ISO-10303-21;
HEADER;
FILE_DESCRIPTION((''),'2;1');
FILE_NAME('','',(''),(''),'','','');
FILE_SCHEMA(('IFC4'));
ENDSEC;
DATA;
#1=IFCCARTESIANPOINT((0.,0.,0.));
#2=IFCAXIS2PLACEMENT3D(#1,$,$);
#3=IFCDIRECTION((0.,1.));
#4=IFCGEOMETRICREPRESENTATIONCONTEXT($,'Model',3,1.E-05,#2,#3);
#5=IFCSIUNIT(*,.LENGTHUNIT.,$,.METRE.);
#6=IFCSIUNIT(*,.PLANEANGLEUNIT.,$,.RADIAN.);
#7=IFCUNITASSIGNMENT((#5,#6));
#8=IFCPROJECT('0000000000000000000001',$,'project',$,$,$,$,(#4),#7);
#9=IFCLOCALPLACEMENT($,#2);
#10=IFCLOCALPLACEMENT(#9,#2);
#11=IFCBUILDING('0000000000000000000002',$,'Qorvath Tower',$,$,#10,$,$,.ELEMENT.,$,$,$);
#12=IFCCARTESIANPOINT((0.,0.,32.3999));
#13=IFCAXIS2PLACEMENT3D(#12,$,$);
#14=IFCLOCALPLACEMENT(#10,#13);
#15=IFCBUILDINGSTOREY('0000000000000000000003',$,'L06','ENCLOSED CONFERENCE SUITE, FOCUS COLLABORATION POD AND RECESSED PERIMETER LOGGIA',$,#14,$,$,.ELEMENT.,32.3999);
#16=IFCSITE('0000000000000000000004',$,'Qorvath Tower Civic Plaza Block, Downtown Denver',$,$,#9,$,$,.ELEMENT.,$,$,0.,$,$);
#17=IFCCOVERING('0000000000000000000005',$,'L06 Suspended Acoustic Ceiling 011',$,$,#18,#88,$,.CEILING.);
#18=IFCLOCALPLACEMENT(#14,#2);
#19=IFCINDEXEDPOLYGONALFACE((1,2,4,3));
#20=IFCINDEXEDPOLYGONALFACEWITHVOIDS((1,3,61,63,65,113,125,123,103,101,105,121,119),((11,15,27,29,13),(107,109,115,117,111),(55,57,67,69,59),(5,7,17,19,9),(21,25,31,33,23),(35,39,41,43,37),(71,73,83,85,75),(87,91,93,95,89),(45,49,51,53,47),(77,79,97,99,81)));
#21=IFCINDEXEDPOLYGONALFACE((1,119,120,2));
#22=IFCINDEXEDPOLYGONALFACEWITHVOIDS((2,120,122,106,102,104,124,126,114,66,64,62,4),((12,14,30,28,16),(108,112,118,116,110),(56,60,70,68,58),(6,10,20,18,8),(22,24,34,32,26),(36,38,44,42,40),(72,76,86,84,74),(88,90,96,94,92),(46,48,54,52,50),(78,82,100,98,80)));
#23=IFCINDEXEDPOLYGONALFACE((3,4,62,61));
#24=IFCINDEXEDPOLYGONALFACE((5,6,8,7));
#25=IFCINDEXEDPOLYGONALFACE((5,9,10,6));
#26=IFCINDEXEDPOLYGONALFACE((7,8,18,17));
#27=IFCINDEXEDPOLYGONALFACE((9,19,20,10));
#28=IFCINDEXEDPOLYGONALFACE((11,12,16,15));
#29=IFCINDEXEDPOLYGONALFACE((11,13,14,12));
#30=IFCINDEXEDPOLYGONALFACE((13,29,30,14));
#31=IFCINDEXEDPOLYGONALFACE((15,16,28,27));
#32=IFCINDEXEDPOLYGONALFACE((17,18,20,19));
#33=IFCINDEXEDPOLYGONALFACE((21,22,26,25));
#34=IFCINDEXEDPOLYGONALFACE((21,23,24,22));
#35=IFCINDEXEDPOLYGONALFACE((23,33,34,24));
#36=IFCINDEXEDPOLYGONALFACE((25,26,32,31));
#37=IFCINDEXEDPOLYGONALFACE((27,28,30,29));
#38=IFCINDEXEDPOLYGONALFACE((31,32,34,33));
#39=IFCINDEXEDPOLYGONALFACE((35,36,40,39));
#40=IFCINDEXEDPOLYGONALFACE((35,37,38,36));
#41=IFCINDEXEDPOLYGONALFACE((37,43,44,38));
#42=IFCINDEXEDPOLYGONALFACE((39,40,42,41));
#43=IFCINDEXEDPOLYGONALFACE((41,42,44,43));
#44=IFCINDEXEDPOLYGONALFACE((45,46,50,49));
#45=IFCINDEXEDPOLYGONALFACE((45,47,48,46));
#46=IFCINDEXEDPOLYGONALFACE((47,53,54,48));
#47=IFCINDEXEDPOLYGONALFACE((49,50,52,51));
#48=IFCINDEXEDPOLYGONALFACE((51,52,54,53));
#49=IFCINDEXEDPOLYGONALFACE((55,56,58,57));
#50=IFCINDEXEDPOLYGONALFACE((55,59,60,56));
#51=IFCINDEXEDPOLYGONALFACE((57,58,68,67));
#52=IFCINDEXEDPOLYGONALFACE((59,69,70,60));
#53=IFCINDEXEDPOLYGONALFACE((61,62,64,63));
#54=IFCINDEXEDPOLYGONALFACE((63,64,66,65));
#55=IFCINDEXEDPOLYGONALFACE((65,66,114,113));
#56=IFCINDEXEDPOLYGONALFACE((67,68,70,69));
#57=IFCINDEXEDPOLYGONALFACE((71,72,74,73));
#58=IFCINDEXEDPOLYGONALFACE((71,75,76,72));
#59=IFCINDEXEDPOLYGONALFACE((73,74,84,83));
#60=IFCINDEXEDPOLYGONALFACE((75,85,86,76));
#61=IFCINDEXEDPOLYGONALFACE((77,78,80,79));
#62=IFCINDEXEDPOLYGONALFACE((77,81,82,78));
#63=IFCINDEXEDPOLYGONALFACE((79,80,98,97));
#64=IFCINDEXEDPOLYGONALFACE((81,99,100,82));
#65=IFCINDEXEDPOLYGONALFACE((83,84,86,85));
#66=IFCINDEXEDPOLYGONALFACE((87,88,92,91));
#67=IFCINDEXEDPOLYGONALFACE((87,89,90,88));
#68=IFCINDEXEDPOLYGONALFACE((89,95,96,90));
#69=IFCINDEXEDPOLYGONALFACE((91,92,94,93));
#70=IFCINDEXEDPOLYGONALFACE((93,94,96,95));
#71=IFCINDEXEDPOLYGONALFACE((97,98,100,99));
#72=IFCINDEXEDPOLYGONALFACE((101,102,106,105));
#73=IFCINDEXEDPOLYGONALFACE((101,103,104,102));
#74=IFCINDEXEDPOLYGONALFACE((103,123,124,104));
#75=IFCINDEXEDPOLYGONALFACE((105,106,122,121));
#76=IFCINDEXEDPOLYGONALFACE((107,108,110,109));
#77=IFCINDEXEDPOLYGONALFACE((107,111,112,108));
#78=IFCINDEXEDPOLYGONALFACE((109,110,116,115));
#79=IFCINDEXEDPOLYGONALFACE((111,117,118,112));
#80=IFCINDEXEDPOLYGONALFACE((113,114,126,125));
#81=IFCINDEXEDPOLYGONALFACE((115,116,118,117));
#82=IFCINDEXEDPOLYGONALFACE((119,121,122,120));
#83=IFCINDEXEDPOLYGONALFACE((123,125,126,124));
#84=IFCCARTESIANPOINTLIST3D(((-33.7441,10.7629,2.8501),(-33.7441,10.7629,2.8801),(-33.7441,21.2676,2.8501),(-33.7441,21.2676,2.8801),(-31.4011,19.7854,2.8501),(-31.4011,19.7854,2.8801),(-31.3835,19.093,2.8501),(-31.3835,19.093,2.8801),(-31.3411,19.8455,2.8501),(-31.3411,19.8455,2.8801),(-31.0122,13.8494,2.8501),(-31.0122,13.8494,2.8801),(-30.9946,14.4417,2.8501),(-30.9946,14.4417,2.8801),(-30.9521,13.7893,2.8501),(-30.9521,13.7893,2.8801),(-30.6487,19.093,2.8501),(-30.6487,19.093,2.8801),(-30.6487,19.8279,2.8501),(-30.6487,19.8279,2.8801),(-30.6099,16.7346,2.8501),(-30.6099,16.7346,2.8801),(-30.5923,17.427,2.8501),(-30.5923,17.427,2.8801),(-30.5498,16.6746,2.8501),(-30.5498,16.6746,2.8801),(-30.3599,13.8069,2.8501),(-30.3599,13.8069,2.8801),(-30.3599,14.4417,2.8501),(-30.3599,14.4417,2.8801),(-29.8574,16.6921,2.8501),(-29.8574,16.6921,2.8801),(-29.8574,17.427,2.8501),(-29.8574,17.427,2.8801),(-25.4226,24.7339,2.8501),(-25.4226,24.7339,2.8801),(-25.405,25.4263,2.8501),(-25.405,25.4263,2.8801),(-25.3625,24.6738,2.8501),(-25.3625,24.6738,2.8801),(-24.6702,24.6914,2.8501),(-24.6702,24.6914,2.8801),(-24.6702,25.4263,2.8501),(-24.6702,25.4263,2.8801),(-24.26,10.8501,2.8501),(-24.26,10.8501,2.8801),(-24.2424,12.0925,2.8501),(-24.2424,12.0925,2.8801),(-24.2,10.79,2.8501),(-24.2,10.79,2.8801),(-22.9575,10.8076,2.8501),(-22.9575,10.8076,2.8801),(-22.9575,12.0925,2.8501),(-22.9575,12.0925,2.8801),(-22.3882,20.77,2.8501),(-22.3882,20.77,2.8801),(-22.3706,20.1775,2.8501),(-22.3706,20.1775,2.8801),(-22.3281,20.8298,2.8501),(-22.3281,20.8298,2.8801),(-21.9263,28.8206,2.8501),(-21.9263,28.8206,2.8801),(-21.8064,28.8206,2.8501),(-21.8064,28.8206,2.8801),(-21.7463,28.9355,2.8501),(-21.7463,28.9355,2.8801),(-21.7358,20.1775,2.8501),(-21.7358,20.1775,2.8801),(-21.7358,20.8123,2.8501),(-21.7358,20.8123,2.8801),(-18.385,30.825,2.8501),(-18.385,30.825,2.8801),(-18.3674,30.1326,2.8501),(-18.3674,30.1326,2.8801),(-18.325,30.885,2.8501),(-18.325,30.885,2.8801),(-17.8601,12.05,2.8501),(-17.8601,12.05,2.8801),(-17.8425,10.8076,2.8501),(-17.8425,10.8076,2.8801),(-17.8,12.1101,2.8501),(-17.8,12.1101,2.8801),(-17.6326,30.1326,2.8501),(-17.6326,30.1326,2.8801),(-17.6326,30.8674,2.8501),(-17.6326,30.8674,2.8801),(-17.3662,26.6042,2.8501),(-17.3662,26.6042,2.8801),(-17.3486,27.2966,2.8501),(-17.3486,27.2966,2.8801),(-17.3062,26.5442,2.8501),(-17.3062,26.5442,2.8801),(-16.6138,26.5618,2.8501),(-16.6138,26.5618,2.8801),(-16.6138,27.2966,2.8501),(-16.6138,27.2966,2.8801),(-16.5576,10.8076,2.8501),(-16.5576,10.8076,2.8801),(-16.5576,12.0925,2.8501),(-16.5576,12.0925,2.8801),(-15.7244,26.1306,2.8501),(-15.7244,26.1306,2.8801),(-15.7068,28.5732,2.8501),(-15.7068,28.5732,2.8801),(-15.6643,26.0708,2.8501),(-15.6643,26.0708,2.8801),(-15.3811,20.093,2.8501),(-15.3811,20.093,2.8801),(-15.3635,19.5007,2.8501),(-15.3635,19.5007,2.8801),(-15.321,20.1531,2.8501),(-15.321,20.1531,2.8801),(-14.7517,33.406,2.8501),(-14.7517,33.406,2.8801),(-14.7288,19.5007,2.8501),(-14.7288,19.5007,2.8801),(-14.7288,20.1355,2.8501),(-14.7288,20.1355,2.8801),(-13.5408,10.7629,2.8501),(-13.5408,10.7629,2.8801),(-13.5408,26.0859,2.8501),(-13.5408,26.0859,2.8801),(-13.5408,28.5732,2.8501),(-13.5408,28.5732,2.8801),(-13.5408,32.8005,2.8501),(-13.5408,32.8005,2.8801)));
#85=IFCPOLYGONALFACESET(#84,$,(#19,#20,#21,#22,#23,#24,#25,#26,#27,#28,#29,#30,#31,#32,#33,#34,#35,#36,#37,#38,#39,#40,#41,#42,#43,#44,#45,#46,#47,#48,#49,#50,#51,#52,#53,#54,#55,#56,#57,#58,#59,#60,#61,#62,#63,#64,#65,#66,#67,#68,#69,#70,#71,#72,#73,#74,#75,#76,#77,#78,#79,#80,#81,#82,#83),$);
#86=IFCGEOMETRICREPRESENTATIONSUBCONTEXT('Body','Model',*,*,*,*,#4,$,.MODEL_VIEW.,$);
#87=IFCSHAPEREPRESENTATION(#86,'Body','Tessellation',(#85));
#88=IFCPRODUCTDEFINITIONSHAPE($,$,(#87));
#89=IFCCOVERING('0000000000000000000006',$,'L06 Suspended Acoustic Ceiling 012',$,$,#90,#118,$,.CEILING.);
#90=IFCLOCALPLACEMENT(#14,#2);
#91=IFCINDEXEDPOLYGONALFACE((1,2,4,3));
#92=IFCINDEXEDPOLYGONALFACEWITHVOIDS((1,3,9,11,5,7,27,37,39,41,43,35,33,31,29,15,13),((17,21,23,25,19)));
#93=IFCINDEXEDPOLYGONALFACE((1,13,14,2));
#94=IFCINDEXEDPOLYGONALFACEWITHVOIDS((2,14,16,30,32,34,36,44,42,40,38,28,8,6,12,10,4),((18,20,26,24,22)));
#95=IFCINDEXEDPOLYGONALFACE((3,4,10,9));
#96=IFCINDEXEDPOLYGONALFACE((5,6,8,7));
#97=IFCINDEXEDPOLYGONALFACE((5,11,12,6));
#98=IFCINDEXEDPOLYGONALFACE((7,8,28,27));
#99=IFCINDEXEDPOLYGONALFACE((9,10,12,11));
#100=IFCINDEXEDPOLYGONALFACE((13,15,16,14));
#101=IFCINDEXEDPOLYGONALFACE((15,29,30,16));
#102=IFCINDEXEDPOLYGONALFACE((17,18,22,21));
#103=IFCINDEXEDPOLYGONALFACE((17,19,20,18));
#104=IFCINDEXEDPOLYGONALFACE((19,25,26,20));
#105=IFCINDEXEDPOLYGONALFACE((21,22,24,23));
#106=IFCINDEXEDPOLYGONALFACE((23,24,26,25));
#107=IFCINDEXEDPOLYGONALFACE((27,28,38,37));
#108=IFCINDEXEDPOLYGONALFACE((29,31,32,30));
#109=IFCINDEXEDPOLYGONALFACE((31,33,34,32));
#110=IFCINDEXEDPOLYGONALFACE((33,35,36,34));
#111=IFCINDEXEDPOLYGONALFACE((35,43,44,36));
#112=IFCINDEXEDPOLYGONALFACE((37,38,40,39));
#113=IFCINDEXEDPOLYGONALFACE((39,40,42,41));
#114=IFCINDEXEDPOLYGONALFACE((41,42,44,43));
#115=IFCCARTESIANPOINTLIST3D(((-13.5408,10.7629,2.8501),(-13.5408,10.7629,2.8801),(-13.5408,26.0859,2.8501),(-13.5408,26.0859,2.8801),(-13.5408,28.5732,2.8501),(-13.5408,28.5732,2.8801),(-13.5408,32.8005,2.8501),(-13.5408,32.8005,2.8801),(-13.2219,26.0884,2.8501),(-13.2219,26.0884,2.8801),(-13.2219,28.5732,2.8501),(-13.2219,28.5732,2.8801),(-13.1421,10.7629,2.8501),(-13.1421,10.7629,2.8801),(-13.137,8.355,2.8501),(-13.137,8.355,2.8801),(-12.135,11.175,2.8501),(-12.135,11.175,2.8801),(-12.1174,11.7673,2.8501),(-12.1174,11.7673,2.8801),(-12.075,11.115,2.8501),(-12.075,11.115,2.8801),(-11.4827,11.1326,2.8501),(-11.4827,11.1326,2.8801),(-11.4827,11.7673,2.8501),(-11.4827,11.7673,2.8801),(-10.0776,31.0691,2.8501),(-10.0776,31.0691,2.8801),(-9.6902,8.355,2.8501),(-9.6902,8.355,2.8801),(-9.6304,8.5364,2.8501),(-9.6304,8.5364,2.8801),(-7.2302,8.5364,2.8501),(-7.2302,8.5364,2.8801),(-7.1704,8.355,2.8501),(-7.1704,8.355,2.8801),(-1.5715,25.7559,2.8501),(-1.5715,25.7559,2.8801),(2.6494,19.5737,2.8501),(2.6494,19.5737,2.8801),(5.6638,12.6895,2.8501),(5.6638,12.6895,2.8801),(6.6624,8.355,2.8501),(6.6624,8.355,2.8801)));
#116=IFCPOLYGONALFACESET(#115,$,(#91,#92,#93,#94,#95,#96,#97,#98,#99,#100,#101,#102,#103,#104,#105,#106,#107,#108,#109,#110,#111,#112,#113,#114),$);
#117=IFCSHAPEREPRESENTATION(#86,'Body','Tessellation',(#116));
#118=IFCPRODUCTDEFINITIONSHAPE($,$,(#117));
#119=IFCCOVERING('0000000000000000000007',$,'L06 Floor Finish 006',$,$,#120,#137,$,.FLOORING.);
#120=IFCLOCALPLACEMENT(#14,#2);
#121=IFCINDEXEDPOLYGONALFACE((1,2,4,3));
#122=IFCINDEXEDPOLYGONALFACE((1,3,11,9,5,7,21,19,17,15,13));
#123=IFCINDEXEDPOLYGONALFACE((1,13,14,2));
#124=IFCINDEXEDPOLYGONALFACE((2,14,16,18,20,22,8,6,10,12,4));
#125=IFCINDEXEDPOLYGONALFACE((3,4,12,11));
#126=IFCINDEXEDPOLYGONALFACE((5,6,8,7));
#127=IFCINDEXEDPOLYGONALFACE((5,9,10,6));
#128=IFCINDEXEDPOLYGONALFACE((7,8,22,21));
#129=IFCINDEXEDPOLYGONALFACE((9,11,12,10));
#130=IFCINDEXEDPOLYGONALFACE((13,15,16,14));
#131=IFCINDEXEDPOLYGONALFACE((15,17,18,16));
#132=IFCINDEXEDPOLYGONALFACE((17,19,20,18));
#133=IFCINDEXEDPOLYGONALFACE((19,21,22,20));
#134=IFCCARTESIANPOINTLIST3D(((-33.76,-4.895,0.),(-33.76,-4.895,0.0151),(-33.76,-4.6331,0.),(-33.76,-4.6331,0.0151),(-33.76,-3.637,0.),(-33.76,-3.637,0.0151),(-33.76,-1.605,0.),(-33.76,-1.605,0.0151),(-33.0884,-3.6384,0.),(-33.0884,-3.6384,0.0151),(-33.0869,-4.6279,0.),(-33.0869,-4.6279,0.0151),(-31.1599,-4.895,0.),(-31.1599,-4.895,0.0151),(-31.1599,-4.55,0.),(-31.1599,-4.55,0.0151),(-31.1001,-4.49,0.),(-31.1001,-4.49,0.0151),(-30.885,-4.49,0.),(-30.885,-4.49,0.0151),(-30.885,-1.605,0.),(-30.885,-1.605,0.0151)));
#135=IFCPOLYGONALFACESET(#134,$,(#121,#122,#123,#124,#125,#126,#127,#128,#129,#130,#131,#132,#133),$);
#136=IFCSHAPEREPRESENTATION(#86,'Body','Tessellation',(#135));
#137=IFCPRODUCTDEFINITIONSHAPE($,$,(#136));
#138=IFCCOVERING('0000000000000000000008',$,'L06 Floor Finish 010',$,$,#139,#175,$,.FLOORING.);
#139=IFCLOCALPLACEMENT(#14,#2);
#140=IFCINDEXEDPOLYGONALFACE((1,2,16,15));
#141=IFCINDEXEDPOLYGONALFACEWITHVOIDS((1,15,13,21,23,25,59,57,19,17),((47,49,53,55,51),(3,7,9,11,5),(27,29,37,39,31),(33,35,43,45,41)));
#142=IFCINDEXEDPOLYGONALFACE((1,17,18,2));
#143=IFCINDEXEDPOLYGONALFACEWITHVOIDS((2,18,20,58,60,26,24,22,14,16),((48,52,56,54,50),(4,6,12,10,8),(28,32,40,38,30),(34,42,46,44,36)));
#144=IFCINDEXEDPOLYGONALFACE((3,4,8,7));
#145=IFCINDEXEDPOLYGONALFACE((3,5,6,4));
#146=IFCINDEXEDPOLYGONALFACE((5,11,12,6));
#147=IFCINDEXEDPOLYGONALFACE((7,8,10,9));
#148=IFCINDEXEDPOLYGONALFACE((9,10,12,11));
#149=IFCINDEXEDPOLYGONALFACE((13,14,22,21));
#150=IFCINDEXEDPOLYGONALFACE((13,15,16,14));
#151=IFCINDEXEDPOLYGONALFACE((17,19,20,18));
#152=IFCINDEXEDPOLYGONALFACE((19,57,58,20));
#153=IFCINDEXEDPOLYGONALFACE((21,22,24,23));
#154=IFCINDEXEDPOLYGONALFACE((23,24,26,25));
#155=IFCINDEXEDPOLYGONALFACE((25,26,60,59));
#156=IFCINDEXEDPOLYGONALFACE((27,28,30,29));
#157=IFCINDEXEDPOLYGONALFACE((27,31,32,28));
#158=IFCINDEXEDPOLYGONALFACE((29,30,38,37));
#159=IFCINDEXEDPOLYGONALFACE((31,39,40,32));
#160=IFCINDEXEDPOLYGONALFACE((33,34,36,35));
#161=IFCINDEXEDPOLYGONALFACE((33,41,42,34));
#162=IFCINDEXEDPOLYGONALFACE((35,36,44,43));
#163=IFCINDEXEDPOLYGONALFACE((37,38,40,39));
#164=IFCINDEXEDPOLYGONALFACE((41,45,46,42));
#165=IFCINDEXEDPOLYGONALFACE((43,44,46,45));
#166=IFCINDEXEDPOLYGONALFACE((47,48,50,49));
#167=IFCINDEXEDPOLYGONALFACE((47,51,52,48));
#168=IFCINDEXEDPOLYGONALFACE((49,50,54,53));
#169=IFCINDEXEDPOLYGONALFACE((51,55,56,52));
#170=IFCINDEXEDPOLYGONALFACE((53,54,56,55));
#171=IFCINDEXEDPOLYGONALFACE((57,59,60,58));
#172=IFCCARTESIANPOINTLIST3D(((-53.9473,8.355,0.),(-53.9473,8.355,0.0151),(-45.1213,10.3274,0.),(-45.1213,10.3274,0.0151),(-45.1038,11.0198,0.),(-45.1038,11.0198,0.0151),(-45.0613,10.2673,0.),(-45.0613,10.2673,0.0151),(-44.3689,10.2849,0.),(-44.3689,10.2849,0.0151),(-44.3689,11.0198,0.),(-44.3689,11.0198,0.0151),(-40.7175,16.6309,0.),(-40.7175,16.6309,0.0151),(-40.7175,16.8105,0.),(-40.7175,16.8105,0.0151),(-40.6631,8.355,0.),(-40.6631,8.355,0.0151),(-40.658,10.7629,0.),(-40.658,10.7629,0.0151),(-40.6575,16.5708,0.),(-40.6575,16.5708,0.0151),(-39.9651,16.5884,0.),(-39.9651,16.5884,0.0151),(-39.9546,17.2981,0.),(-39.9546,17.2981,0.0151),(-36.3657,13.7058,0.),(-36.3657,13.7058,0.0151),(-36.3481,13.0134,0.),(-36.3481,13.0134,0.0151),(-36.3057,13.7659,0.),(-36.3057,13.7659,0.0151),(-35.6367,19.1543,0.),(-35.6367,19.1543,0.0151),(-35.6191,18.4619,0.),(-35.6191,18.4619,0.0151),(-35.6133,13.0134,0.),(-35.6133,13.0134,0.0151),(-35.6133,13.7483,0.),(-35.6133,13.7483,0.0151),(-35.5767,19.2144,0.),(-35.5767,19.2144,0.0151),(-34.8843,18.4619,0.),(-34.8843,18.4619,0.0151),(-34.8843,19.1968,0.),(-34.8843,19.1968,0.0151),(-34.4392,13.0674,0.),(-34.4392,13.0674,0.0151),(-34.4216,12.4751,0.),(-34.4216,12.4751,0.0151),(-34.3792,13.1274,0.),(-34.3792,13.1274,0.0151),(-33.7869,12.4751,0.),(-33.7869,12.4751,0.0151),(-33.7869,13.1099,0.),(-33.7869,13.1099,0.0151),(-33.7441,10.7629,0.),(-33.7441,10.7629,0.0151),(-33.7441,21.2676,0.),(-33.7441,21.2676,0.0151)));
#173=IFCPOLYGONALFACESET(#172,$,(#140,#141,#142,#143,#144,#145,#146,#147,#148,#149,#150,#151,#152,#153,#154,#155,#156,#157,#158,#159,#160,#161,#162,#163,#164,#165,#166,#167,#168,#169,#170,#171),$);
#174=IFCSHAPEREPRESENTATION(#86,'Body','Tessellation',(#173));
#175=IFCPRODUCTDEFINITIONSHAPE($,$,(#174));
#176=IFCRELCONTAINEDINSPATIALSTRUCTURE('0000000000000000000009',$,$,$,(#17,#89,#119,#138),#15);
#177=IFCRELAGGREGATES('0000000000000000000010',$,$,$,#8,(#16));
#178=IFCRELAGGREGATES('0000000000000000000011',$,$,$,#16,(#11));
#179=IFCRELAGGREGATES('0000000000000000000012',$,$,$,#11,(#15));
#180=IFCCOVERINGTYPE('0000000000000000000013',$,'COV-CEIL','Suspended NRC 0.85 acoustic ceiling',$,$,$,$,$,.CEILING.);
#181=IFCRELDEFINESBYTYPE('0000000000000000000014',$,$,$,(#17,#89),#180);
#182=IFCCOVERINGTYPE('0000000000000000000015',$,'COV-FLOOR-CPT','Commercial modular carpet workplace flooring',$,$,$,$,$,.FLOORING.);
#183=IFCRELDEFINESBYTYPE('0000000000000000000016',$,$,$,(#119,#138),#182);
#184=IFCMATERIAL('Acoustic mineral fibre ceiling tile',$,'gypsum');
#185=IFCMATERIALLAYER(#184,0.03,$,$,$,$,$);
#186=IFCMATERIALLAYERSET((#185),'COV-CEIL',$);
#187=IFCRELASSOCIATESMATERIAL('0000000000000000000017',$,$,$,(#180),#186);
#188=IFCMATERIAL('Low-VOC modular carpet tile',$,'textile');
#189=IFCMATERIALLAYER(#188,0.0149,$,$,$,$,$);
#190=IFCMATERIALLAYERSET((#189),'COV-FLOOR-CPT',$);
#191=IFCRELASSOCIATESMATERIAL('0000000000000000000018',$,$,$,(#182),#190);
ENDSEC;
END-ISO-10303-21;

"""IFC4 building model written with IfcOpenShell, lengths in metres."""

from ifc_helpers import new_model, si_unit, direction, frame, origin, place, context, subcontext, project, spatial, polyline, outline, extrude, material, layer, layer_set, type_object, element, save


model = new_model("IFC4")

# Units and contexts
model_context = context("Model", 3, precision=1e-05, world=origin(), true_north=direction((0.0, 1.0)))
body_context = subcontext(model_context, "Body", "Model", "MODEL_VIEW")
ifc_project = project(units=[si_unit("LENGTHUNIT", "METRE"), si_unit("PLANEANGLEUNIT", "RADIAN")], contexts=[model_context])

# Site, building, storey
site_placement = place(None, origin())
site = spatial("IfcSite", under=ifc_project, at=site_placement, Name="Qorvath Tower Civic Plaza Block, Downtown Denver", CompositionType="ELEMENT", RefElevation=0.0)
building_placement = place(site_placement, origin())
building = spatial("IfcBuilding", under=site, at=building_placement, Name="Qorvath Tower", CompositionType="ELEMENT")
storey_placement = place(building_placement, frame((0.0, 0.0, 32.3999)))
storey = spatial("IfcBuildingStorey", under=building, at=storey_placement, Name="L06", Description="ENCLOSED CONFERENCE SUITE, FOCUS COLLABORATION POD AND RECESSED PERIMETER LOGGIA", CompositionType="ELEMENT", Elevation=32.3999)

# Coverings
ifc_material_1 = material(Name="Acoustic mineral fibre ceiling tile", Category="gypsum")
ifc_layer_1 = layer(ifc_material_1, 0.03)
ifc_layer_set_1 = layer_set([ifc_layer_1], Name="COV-CEIL")
covering_type_1 = type_object("IfcCoveringType", Name="COV-CEIL", Description="Suspended NRC 0.85 acoustic ceiling", PredefinedType="CEILING", material=ifc_layer_set_1)
covering_1_placement = place(storey_placement, frame((0.0, 0.0, 2.8501)))
element("IfcCovering", 1, at=covering_1_placement, inside=storey, type_object=covering_type_1, Name="L06 Suspended Acoustic Ceiling 011", PredefinedType="CEILING", context=body_context, shape_type="SweptSolid", body=[
    extrude(outline(polyline([(-21.8064, 28.8206), (-21.9263, 28.8206), (-33.7441, 21.2676), (-33.7441, 10.7629), (-13.5408, 10.7629), (-13.5408, 26.0859), (-15.6643, 26.0708), (-15.7244, 26.1306), (-15.7068, 28.5732), (-13.5408, 28.5732), (-13.5408, 32.8005), (-14.7517, 33.406), (-21.7463, 28.9355), (-21.8064, 28.8206)]), holes=[polyline([(-15.3811, 20.093), (-15.321, 20.1531), (-14.7288, 20.1355), (-14.7288, 19.5007), (-15.3635, 19.5007), (-15.3811, 20.093)]), polyline([(-17.8601, 12.05), (-17.8, 12.1101), (-16.5576, 12.0925), (-16.5576, 10.8076), (-17.8425, 10.8076), (-17.8601, 12.05)]), polyline([(-17.3662, 26.6042), (-17.3486, 27.2966), (-16.6138, 27.2966), (-16.6138, 26.5618), (-17.3062, 26.5442), (-17.3662, 26.6042)]), polyline([(-18.385, 30.825), (-18.325, 30.885), (-17.6326, 30.8674), (-17.6326, 30.1326), (-18.3674, 30.1326), (-18.385, 30.825)]), polyline([(-22.3882, 20.77), (-22.3281, 20.8298), (-21.7358, 20.8123), (-21.7358, 20.1775), (-22.3706, 20.1775), (-22.3882, 20.77)]), polyline([(-24.26, 10.8501), (-24.2424, 12.0925), (-22.9575, 12.0925), (-22.9575, 10.8076), (-24.2, 10.79), (-24.26, 10.8501)]), polyline([(-25.4226, 24.7339), (-25.405, 25.4263), (-24.6702, 25.4263), (-24.6702, 24.6914), (-25.3625, 24.6738), (-25.4226, 24.7339)]), polyline([(-30.6099, 16.7346), (-30.5923, 17.427), (-29.8574, 17.427), (-29.8574, 16.6921), (-30.5498, 16.6746), (-30.6099, 16.7346)]), polyline([(-31.0122, 13.8494), (-30.9946, 14.4417), (-30.3599, 14.4417), (-30.3599, 13.8069), (-30.9521, 13.7893), (-31.0122, 13.8494)]), polyline([(-31.4011, 19.7854), (-31.3411, 19.8455), (-30.6487, 19.8279), (-30.6487, 19.093), (-31.3835, 19.093), (-31.4011, 19.7854)])]), origin(), (0.0, 0.0, 1.0), 0.03),
])
covering_2_placement = place(storey_placement, frame((0.0, 0.0, 2.8501)))
element("IfcCovering", 2, at=covering_2_placement, inside=storey, type_object=covering_type_1, Name="L06 Suspended Acoustic Ceiling 012", PredefinedType="CEILING", context=body_context, shape_type="SweptSolid", body=[
    extrude(outline(polyline([(-13.5408, 32.8005), (-13.5408, 28.5732), (-13.2219, 28.5732), (-13.2219, 26.0884), (-13.5408, 26.0859), (-13.5408, 10.7629), (-13.1421, 10.7629), (-13.137, 8.355), (-9.6902, 8.355), (-9.6304, 8.5364), (-7.2302, 8.5364), (-7.1704, 8.355), (6.6624, 8.355), (5.6638, 12.6895), (2.6494, 19.5737), (-1.5715, 25.7559), (-10.0776, 31.0691), (-13.5408, 32.8005)]), holes=[polyline([(-12.135, 11.175), (-12.1174, 11.7673), (-11.4827, 11.7673), (-11.4827, 11.1326), (-12.075, 11.115), (-12.135, 11.175)])]), origin(), (0.0, 0.0, 1.0), 0.03),
])
ifc_material_2 = material(Name="Low-VOC modular carpet tile", Category="textile")
ifc_layer_2 = layer(ifc_material_2, 0.0149)
ifc_layer_set_2 = layer_set([ifc_layer_2], Name="COV-FLOOR-CPT")
covering_type_2 = type_object("IfcCoveringType", Name="COV-FLOOR-CPT", Description="Commercial modular carpet workplace flooring", PredefinedType="FLOORING", material=ifc_layer_set_2)
covering_3_placement = place(storey_placement, origin())
element("IfcCovering", 3, at=covering_3_placement, inside=storey, type_object=covering_type_2, Name="L06 Floor Finish 006", PredefinedType="FLOORING", context=body_context, shape_type="SweptSolid", body=[
    extrude(outline(polyline([(-30.885, -4.49), (-30.885, -1.605), (-33.76, -1.605), (-33.76, -3.637), (-33.0884, -3.6384), (-33.0869, -4.6279), (-33.76, -4.6331), (-33.76, -4.895), (-31.1599, -4.895), (-31.1599, -4.55), (-31.1001, -4.49), (-30.885, -4.49)])), origin(), (0.0, 0.0, 1.0), 0.0151),
])
covering_4_placement = place(storey_placement, origin())
element("IfcCovering", 4, at=covering_4_placement, inside=storey, type_object=covering_type_2, Name="L06 Floor Finish 010", PredefinedType="FLOORING", context=body_context, shape_type="SweptSolid", body=[
    extrude(outline(polyline([(-33.7441, 10.7629), (-33.7441, 21.2676), (-39.9546, 17.2981), (-39.9651, 16.5884), (-40.6575, 16.5708), (-40.7175, 16.6309), (-40.7175, 16.8105), (-53.9473, 8.355), (-40.6631, 8.355), (-40.658, 10.7629), (-33.7441, 10.7629)]), holes=[polyline([(-34.4392, 13.0674), (-34.3792, 13.1274), (-33.7869, 13.1099), (-33.7869, 12.4751), (-34.4216, 12.4751), (-34.4392, 13.0674)]), polyline([(-35.6367, 19.1543), (-35.5767, 19.2144), (-34.8843, 19.1968), (-34.8843, 18.4619), (-35.6191, 18.4619), (-35.6367, 19.1543)]), polyline([(-36.3657, 13.7058), (-36.3057, 13.7659), (-35.6133, 13.7483), (-35.6133, 13.0134), (-36.3481, 13.0134), (-36.3657, 13.7058)]), polyline([(-45.1213, 10.3274), (-45.1038, 11.0198), (-44.3689, 11.0198), (-44.3689, 10.2849), (-45.0613, 10.2673), (-45.1213, 10.3274)])]), origin(), (0.0, 0.0, 1.0), 0.0151),
])

save(model, "model.ifc")
